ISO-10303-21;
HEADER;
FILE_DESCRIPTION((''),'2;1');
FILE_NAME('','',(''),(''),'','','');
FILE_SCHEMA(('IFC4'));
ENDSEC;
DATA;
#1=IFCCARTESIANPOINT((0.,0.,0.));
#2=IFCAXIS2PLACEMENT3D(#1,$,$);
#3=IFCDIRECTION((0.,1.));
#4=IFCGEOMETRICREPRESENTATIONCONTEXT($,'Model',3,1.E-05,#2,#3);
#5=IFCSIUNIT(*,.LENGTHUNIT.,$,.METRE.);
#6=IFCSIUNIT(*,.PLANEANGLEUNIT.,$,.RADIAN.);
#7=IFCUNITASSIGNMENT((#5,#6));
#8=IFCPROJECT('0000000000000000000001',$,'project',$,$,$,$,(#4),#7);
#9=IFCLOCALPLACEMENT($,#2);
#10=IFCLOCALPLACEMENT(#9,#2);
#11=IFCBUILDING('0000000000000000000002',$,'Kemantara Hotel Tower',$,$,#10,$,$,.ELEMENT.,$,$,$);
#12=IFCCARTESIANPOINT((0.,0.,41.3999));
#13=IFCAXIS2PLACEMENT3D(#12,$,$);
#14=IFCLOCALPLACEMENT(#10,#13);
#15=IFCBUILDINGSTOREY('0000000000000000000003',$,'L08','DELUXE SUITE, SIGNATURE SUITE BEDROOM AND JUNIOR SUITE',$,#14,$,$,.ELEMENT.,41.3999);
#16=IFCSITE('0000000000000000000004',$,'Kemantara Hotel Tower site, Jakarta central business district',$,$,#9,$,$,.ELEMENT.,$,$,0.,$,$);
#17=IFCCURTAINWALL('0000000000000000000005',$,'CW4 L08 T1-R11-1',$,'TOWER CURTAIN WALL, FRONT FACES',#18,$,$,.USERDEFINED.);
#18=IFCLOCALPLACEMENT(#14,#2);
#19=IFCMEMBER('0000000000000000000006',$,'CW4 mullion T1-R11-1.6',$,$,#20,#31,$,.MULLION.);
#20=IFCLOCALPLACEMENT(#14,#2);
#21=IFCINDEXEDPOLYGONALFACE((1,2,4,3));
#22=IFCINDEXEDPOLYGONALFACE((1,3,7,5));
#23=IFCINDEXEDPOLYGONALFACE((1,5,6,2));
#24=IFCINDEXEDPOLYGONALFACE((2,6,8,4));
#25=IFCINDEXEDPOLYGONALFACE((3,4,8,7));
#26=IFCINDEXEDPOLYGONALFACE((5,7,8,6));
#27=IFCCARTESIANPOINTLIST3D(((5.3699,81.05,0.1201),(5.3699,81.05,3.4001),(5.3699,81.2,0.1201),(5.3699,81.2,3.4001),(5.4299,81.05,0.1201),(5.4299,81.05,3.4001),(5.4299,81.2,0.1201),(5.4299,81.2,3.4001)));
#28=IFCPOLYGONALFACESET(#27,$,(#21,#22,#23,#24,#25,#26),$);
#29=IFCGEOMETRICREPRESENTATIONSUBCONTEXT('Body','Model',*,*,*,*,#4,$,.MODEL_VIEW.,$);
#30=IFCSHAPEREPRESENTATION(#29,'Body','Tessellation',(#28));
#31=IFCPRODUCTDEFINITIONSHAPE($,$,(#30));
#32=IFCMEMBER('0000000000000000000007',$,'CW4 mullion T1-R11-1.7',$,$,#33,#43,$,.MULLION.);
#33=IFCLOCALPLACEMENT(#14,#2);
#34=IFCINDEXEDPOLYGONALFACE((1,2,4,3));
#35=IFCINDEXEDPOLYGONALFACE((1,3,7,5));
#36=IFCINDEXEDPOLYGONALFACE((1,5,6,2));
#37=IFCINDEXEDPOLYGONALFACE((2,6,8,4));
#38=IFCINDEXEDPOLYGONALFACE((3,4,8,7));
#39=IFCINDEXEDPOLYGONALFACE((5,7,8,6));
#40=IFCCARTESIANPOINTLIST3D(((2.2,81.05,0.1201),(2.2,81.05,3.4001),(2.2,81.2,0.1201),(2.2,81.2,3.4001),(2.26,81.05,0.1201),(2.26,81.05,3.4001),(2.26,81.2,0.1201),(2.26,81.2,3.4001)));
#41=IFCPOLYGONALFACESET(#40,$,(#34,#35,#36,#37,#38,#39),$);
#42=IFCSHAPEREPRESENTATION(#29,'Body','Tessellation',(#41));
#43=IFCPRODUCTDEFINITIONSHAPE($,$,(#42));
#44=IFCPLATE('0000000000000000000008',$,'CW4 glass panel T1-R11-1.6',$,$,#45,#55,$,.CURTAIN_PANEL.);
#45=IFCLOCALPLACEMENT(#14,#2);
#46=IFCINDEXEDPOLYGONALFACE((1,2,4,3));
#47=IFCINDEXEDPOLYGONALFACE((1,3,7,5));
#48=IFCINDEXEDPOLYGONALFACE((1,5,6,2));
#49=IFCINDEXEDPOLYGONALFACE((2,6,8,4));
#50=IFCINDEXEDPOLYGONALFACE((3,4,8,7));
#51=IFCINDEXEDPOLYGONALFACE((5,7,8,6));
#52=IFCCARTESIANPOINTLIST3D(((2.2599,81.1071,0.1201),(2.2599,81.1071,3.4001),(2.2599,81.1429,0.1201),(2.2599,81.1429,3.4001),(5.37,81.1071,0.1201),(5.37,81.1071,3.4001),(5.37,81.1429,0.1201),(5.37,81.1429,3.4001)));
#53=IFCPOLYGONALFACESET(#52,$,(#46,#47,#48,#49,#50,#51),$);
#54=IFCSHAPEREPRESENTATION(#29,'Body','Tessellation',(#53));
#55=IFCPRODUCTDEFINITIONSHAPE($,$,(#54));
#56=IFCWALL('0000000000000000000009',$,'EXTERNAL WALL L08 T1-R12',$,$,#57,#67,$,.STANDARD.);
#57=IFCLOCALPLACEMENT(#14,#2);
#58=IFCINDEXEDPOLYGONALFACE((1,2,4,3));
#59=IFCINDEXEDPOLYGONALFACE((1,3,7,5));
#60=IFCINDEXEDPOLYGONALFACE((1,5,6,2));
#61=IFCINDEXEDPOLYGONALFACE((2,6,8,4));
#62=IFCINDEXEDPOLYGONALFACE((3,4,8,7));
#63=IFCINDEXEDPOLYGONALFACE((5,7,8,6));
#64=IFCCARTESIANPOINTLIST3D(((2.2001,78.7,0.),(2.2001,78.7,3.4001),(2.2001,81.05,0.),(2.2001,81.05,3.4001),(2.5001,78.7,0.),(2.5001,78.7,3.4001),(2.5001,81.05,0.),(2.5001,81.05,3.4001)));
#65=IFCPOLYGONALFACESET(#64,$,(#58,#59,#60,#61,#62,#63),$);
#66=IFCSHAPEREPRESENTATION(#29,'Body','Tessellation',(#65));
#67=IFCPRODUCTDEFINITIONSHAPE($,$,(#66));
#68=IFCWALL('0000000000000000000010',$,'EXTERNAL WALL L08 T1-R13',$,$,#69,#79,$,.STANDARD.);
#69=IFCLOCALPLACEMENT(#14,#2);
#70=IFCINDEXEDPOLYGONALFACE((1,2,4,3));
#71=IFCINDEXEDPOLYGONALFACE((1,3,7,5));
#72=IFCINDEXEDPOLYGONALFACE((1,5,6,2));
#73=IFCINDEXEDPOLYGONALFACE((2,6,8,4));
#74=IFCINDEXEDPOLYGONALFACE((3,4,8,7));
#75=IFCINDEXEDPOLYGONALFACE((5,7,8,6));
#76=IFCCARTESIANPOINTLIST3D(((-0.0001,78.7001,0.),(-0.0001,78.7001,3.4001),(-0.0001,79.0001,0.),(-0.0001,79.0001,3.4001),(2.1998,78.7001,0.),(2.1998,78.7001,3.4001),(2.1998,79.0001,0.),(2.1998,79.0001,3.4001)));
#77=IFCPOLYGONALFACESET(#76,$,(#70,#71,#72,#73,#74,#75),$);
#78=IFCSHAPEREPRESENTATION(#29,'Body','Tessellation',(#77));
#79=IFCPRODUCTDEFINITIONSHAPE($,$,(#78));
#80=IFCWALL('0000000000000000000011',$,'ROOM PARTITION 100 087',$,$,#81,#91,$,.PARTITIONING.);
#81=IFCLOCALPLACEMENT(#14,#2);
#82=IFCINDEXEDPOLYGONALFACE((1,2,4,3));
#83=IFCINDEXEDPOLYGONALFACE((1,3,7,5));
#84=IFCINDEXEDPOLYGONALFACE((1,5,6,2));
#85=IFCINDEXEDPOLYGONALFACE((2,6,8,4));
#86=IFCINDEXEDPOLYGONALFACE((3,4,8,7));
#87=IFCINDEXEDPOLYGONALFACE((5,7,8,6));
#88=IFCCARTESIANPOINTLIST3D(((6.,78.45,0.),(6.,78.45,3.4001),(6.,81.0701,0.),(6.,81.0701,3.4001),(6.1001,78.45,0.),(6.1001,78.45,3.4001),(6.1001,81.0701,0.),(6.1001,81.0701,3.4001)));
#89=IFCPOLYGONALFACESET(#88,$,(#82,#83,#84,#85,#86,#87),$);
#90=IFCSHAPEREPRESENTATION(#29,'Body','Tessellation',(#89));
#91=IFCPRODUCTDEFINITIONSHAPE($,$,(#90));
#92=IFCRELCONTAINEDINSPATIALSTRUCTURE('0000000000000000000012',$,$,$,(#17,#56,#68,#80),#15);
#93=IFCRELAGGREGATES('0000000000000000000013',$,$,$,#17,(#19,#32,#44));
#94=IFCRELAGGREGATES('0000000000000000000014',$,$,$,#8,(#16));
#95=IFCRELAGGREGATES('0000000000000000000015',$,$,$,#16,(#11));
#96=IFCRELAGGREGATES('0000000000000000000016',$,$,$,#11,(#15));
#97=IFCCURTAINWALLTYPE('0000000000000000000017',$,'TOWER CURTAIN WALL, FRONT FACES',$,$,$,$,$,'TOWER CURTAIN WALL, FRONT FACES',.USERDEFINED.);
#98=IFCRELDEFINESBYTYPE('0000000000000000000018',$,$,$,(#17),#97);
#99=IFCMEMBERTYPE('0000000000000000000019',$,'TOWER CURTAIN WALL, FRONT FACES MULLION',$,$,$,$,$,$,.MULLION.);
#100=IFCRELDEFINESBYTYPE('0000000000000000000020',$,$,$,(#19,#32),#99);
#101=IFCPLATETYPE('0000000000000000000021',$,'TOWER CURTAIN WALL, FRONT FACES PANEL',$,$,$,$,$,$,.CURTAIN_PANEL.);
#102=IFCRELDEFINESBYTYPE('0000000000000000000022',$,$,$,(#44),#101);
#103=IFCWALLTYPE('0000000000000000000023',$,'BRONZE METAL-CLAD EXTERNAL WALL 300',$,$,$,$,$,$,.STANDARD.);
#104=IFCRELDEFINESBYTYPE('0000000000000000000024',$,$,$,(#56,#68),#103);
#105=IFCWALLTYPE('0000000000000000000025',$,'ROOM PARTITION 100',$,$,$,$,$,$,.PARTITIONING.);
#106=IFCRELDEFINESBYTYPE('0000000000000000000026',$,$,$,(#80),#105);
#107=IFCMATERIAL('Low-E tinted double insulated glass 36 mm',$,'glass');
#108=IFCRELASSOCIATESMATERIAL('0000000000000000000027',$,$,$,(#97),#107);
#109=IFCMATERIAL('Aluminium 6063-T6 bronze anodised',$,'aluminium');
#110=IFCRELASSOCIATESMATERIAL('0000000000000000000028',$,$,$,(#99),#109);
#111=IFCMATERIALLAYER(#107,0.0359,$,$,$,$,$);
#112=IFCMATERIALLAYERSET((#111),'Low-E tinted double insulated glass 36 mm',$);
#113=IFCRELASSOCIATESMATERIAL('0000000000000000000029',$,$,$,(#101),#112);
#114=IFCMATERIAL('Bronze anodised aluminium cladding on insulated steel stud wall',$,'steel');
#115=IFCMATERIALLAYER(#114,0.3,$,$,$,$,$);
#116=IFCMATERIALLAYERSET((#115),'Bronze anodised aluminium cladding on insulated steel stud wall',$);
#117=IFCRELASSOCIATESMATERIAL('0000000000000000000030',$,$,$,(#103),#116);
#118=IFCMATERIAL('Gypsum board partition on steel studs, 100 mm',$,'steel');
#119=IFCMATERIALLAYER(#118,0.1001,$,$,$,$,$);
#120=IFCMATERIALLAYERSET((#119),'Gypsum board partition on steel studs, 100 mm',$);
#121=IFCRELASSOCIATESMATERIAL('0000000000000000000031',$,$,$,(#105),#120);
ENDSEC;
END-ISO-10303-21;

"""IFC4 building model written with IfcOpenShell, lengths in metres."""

from ifc_helpers import new_model, si_unit, direction, frame, frame_2d, origin, origin_2d, place, context, subcontext, project, spatial, rectangle, extrude, source, transform, mapped, material, layer, layer_set, material_profile, profile_set, type_object, element, aggregate, save


model = new_model("IFC4")

# Units and contexts
model_context = context("Model", 3, precision=1e-05, world=origin(), true_north=direction((0.0, 1.0)))
body_context = subcontext(model_context, "Body", "Model", "MODEL_VIEW")
ifc_project = project(units=[si_unit("LENGTHUNIT", "METRE"), si_unit("PLANEANGLEUNIT", "RADIAN")], contexts=[model_context])

# Site, building, storey
site_placement = place(None, origin())
site = spatial("IfcSite", under=ifc_project, at=site_placement, Name="Kemantara Hotel Tower site, Jakarta central business district", CompositionType="ELEMENT", RefElevation=0.0)
building_placement = place(site_placement, origin())
building = spatial("IfcBuilding", under=site, at=building_placement, Name="Kemantara Hotel Tower", CompositionType="ELEMENT")
storey_placement = place(building_placement, frame((0.0, 0.0, 41.3999)))
storey = spatial("IfcBuildingStorey", under=building, at=storey_placement, Name="L08", Description="DELUXE SUITE, SIGNATURE SUITE BEDROOM AND JUNIOR SUITE", CompositionType="ELEMENT", Elevation=41.3999)

# Curtain wall, members, plate
ifc_material_1 = material(Name="Low-E tinted double insulated glass 36 mm", Category="glass")
curtain_wall_type = type_object("IfcCurtainWallType", Name="TOWER CURTAIN WALL, FRONT FACES", ElementType="TOWER CURTAIN WALL, FRONT FACES", PredefinedType="USERDEFINED", material=ifc_material_1)
curtain_wall_placement = place(storey_placement, origin())
curtain_wall = element("IfcCurtainWall", 1, at=curtain_wall_placement, inside=storey, type_object=curtain_wall_type, Name="CW4 L08 T1-R11-1", ObjectType="TOWER CURTAIN WALL, FRONT FACES", PredefinedType="USERDEFINED")
ifc_material_2 = material(Name="Aluminium 6063-T6 bronze anodised", Category="aluminium")
ifc_material_profile = material_profile(ifc_material_2, rectangle(XDim=0.1499, YDim=0.0601, at=origin_2d()), Name="TOWER CURTAIN WALL, FRONT FACES MULLION")
ifc_profile_set = profile_set([ifc_material_profile], Name="Aluminium 6063-T6 bronze anodised")
member_type = type_object("IfcMemberType", Name="TOWER CURTAIN WALL, FRONT FACES MULLION", PredefinedType="MULLION", material=ifc_profile_set)
shared_shape_1 = source(origin(), body_context, "Body", "SweptSolid", [
    extrude(rectangle(XDim=0.1499, YDim=0.0601, at=origin_2d()), origin(), (0.0, 0.0, 1.0), 3.28),
])
member_1_placement = place(storey_placement, frame((5.3999, 81.125, 0.1201), z_axis=(0.0, 0.0, 1.0), x_axis=(0.0, -1.0, 0.0)))
member_1 = element("IfcMember", 2, at=member_1_placement, type_object=member_type, Name="CW4 mullion T1-R11-1.6", PredefinedType="MULLION", context=body_context, shape_type="MappedRepresentation", body=[
    mapped(shared_shape_1, transform((0.0, 0.0, 0.0))),
])
member_2_placement = place(storey_placement, frame((2.23, 81.125, 0.1201), z_axis=(0.0, 0.0, 1.0), x_axis=(0.0, -1.0, 0.0)))
member_2 = element("IfcMember", 3, at=member_2_placement, type_object=member_type, Name="CW4 mullion T1-R11-1.7", PredefinedType="MULLION", context=body_context, shape_type="MappedRepresentation", body=[
    mapped(shared_shape_1, transform((0.0, 0.0, 0.0))),
])
ifc_layer_1 = layer(ifc_material_1, 0.0359)
ifc_layer_set_1 = layer_set([ifc_layer_1], Name="Low-E tinted double insulated glass 36 mm")
plate_type = type_object("IfcPlateType", Name="TOWER CURTAIN WALL, FRONT FACES PANEL", PredefinedType="CURTAIN_PANEL", material=ifc_layer_set_1)
shared_shape_2 = source(origin(), body_context, "Body", "SweptSolid", [
    extrude(rectangle(XDim=3.1101, YDim=0.0359, at=origin_2d()), origin(), (0.0, 0.0, 1.0), 3.28),
])
plate_placement = place(storey_placement, frame((3.8149, 81.125, 0.1201), z_axis=(0.0, 0.0, 1.0), x_axis=(-1.0, 0.0, 0.0)))
plate = element("IfcPlate", 4, at=plate_placement, type_object=plate_type, Name="CW4 glass panel T1-R11-1.6", PredefinedType="CURTAIN_PANEL", context=body_context, shape_type="MappedRepresentation", body=[
    mapped(shared_shape_2, transform((0.0, 0.0, 0.0))),
])
aggregate(curtain_wall, [member_1, member_2, plate])

# Walls
ifc_material_3 = material(Name="Bronze anodised aluminium cladding on insulated steel stud wall", Category="steel")
ifc_layer_2 = layer(ifc_material_3, 0.3)
ifc_layer_set_2 = layer_set([ifc_layer_2], Name="Bronze anodised aluminium cladding on insulated steel stud wall")
wall_type_1 = type_object("IfcWallType", Name="BRONZE METAL-CLAD EXTERNAL WALL 300", PredefinedType="STANDARD", material=ifc_layer_set_2)
wall_1_placement = place(storey_placement, frame((2.3501, 81.05, 0.0), z_axis=(0.0, 0.0, 1.0), x_axis=(0.0, -1.0, 0.0)))
element("IfcWall", 5, at=wall_1_placement, inside=storey, type_object=wall_type_1, Name="EXTERNAL WALL L08 T1-R12", PredefinedType="STANDARD", context=body_context, shape_type="SweptSolid", body=[
    extrude(rectangle(XDim=2.3501, YDim=0.3, at=frame_2d((1.175, 0.0))), origin(), (0.0, 0.0, 1.0), 3.4001),
])
wall_2_placement = place(storey_placement, frame((2.2, 78.8501, 0.0), z_axis=(0.0, 0.0, 1.0), x_axis=(-1.0, 0.0, 0.0)))
element("IfcWall", 6, at=wall_2_placement, inside=storey, type_object=wall_type_1, Name="EXTERNAL WALL L08 T1-R13", PredefinedType="STANDARD", context=body_context, shape_type="SweptSolid", body=[
    extrude(rectangle(XDim=2.2, YDim=0.3, at=frame_2d((1.1001, 0.0))), origin(), (0.0, 0.0, 1.0), 3.4001),
])

# Wall
ifc_material_4 = material(Name="Gypsum board partition on steel studs, 100 mm", Category="steel")
ifc_layer_3 = layer(ifc_material_4, 0.1001)
ifc_layer_set_3 = layer_set([ifc_layer_3], Name="Gypsum board partition on steel studs, 100 mm")
wall_type_2 = type_object("IfcWallType", Name="ROOM PARTITION 100", PredefinedType="PARTITIONING", material=ifc_layer_set_3)
wall_3_placement = place(storey_placement, frame((6.05, 78.45, 0.0), z_axis=(0.0, 0.0, 1.0), x_axis=(0.0, 1.0, 0.0)))
element("IfcWall", 7, at=wall_3_placement, inside=storey, type_object=wall_type_2, Name="ROOM PARTITION 100 087", PredefinedType="PARTITIONING", context=body_context, shape_type="SweptSolid", body=[
    extrude(rectangle(XDim=2.6201, YDim=0.1001, at=frame_2d((1.3101, 0.0))), origin(), (0.0, 0.0, 1.0), 3.4001),
])

save(model, "model.ifc")
